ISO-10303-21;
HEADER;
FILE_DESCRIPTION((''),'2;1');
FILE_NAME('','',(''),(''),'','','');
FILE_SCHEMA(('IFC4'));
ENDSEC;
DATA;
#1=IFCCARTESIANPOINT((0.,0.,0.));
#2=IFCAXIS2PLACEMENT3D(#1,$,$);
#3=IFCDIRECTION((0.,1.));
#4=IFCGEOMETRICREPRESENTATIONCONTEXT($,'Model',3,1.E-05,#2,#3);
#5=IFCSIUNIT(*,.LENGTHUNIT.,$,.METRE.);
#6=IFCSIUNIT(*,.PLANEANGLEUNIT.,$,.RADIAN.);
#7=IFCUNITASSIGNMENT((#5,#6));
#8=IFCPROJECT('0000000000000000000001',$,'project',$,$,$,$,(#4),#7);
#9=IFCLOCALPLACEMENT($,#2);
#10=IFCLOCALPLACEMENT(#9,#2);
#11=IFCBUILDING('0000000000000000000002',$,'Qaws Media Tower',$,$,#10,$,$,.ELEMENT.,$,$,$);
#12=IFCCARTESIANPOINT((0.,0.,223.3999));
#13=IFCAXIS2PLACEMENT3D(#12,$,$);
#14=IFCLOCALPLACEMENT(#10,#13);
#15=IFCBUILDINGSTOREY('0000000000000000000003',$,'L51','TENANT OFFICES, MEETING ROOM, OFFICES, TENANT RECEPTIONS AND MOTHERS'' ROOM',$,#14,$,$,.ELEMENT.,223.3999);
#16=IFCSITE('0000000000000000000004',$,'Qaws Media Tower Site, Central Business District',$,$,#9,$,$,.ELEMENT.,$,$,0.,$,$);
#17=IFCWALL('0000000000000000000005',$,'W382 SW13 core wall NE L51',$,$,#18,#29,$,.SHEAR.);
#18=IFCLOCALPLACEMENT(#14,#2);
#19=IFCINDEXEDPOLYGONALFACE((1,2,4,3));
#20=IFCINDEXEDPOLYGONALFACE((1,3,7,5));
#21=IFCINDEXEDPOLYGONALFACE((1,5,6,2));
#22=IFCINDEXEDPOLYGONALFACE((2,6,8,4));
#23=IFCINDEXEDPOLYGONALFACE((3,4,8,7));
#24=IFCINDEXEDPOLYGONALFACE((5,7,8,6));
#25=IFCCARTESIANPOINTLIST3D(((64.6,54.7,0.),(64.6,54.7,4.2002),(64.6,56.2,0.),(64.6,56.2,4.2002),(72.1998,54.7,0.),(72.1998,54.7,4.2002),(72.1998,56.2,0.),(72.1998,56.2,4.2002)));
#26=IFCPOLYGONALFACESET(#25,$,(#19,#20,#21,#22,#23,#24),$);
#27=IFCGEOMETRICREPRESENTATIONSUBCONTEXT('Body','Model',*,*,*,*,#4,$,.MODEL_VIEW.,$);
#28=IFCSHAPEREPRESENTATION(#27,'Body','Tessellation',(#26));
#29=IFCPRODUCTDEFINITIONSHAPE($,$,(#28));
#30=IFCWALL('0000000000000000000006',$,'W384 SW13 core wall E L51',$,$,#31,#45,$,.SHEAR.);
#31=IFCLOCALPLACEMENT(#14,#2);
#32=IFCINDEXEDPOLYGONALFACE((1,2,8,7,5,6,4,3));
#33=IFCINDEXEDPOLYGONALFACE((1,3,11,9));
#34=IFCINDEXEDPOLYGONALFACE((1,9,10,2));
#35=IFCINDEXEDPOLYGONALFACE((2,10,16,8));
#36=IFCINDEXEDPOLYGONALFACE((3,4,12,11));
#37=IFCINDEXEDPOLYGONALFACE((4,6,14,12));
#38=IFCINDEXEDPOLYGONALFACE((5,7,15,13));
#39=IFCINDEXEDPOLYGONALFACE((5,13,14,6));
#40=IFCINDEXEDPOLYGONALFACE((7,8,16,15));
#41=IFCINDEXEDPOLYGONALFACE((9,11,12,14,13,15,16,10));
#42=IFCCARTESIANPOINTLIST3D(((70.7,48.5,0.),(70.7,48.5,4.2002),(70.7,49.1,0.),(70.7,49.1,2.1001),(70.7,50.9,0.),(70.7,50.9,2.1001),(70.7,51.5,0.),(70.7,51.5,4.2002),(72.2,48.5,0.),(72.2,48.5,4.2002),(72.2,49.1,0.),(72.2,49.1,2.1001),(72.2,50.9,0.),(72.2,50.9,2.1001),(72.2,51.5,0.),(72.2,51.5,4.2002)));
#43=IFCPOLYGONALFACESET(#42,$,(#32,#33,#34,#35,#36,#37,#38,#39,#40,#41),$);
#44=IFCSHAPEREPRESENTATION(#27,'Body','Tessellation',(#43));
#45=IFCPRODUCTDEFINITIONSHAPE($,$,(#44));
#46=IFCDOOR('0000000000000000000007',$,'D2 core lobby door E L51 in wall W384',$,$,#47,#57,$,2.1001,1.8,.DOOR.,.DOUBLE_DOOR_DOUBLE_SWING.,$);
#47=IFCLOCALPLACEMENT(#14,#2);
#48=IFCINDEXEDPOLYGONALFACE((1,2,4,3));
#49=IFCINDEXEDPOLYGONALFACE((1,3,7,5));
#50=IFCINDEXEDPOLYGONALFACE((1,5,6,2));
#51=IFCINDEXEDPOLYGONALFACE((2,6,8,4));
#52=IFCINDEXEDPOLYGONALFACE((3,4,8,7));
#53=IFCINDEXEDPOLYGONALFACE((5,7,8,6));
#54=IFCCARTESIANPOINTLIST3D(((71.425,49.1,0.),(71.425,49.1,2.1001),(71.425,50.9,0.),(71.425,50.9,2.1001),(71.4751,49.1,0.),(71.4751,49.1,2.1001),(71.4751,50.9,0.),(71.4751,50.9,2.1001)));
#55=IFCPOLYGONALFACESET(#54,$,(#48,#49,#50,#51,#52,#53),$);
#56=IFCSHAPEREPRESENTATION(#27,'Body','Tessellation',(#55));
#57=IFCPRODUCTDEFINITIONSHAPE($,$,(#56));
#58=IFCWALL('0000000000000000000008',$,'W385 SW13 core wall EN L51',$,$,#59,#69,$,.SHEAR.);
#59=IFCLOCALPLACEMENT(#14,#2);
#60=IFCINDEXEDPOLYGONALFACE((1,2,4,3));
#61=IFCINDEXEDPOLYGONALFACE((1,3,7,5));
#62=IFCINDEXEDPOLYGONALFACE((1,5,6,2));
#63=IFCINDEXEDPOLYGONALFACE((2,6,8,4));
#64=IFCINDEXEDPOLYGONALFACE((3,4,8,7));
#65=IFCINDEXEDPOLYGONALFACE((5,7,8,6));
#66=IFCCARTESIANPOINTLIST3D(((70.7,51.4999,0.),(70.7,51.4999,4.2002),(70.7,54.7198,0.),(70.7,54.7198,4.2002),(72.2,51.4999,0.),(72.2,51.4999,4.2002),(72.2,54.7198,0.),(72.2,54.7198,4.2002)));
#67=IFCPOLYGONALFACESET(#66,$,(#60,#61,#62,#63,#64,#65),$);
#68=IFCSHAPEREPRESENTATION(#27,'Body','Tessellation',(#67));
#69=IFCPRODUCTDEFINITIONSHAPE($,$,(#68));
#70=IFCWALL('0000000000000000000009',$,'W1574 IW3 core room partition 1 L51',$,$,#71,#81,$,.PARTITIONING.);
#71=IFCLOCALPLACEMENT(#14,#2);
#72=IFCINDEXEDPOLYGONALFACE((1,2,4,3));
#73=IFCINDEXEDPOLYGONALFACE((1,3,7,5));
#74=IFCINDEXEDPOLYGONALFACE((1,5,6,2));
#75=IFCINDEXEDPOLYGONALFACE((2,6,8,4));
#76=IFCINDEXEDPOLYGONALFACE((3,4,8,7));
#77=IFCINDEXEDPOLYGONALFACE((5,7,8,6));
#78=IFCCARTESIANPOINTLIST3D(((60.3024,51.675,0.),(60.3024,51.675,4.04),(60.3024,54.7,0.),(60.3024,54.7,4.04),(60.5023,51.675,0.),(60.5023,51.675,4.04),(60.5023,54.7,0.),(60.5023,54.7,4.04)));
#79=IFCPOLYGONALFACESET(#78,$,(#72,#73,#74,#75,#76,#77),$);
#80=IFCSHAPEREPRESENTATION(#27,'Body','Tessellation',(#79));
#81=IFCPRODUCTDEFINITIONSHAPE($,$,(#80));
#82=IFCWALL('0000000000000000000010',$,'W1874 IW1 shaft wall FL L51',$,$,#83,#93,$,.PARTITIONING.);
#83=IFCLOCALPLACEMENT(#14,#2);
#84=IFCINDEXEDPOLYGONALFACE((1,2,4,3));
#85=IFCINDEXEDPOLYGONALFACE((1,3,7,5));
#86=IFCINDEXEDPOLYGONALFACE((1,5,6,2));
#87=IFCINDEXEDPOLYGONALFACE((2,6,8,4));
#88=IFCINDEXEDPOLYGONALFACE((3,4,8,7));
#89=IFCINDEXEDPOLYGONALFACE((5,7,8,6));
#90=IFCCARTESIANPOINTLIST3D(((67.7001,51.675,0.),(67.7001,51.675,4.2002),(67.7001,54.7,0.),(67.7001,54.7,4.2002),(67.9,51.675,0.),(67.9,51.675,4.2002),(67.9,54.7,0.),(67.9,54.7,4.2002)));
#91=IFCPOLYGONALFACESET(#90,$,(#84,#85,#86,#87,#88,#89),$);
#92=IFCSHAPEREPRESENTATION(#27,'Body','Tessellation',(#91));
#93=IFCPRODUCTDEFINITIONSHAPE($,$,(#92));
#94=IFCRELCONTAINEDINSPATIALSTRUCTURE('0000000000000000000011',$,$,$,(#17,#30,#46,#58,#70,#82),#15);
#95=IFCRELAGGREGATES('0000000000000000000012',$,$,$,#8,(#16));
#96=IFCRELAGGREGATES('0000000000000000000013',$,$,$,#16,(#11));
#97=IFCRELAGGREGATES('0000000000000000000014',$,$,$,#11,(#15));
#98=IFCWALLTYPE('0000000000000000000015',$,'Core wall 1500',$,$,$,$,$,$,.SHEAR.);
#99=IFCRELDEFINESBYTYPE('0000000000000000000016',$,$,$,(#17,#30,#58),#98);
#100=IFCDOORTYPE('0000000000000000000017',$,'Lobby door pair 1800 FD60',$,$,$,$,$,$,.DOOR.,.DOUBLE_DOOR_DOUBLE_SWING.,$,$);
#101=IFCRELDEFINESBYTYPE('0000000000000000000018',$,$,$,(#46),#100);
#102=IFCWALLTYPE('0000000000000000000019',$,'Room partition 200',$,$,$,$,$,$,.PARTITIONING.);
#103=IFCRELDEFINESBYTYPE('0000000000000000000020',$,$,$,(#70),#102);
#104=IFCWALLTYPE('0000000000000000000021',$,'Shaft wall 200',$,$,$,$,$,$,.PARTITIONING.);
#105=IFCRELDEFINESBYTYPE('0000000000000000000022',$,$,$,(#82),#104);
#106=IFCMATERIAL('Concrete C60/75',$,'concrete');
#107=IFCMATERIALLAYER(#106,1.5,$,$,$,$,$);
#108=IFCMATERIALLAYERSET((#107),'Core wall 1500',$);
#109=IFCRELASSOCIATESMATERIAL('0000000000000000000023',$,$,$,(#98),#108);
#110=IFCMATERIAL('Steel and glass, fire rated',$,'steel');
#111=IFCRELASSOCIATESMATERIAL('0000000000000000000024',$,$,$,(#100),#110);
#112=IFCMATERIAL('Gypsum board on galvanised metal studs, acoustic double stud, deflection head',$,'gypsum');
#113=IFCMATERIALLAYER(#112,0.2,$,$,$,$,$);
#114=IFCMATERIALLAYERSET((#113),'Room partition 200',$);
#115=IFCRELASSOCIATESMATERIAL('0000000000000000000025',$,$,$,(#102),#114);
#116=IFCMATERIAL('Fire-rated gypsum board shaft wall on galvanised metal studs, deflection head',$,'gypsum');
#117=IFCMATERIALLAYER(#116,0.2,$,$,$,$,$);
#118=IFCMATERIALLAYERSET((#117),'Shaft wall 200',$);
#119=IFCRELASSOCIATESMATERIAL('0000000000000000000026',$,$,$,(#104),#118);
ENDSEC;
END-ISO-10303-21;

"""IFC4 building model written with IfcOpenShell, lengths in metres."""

from ifc_helpers import new_model, si_unit, direction, frame, frame_2d, origin, place, context, subcontext, project, spatial, rectangle, extrude, material, layer, layer_set, type_object, element, fill, save


model = new_model("IFC4")

# Units and contexts
model_context = context("Model", 3, precision=1e-05, world=origin(), true_north=direction((0.0, 1.0)))
body_context = subcontext(model_context, "Body", "Model", "MODEL_VIEW")
ifc_project = project(units=[si_unit("LENGTHUNIT", "METRE"), si_unit("PLANEANGLEUNIT", "RADIAN")], contexts=[model_context])

# Site, building, storey
site_placement = place(None, origin())
site = spatial("IfcSite", under=ifc_project, at=site_placement, Name="Qaws Media Tower Site, Central Business District", CompositionType="ELEMENT", RefElevation=0.0)
building_placement = place(site_placement, origin())
building = spatial("IfcBuilding", under=site, at=building_placement, Name="Qaws Media Tower", CompositionType="ELEMENT")
storey_placement = place(building_placement, frame((0.0, 0.0, 223.3999)))
storey = spatial("IfcBuildingStorey", under=building, at=storey_placement, Name="L51", Description="TENANT OFFICES, MEETING ROOM, OFFICES, TENANT RECEPTIONS AND MOTHERS' ROOM", CompositionType="ELEMENT", Elevation=223.3999)

# Wall
ifc_material_1 = material(Name="Concrete C60/75", Category="concrete")
ifc_layer_1 = layer(ifc_material_1, 1.5)
ifc_layer_set_1 = layer_set([ifc_layer_1], Name="Core wall 1500")
wall_type_1 = type_object("IfcWallType", Name="Core wall 1500", PredefinedType="SHEAR", material=ifc_layer_set_1)
wall_1_placement = place(storey_placement, frame((64.6001, 55.45, 0.0), z_axis=(0.0, 0.0, 1.0), x_axis=(1.0, 0.0, 0.0)))
element("IfcWall", 1, at=wall_1_placement, inside=storey, type_object=wall_type_1, Name="W382 SW13 core wall NE L51", PredefinedType="SHEAR", context=body_context, shape_type="SweptSolid", body=[
    extrude(rectangle(XDim=7.5999, YDim=1.5, at=frame_2d((3.7998, 0.0))), origin(), (0.0, 0.0, 1.0), 4.2002),
])

# Wall, opening, door
wall_2_placement = place(storey_placement, frame((71.45, 48.5, 0.0), z_axis=(0.0, 0.0, 1.0), x_axis=(0.0, 1.0, 0.0)))
wall_2 = element("IfcWall", 2, at=wall_2_placement, inside=storey, type_object=wall_type_1, Name="W384 SW13 core wall E L51", PredefinedType="SHEAR", context=body_context, shape_type="SweptSolid", body=[
    extrude(rectangle(XDim=3.0, YDim=1.5, at=frame_2d((1.5, 0.0))), origin(), (0.0, 0.0, 1.0), 4.2002),
])
opening_1_placement = place(wall_2_placement, frame((0.6001, 0.0, 0.0)))
opening_1 = element("IfcOpeningElement", 3, at=opening_1_placement, cuts=wall_2, PredefinedType="OPENING", context=body_context, shape_type="SweptSolid", body=[
    extrude(rectangle(XDim=1.8, YDim=2.1001, at=frame_2d((0.8999, 1.05))), frame((0.0, 0.76, 0.0), z_axis=(0.0, -1.0, 0.0), x_axis=(1.0, 0.0, 0.0)), (0.0, 0.0, 1.0), 1.52),
])
ifc_material_2 = material(Name="Steel and glass, fire rated", Category="steel")
door_type_1 = type_object("IfcDoorType", Name="Lobby door pair 1800 FD60", OperationType="DOUBLE_DOOR_DOUBLE_SWING", PredefinedType="DOOR", material=ifc_material_2)
door_1_placement = place(opening_1_placement, origin())
door_1 = element("IfcDoor", 4, at=door_1_placement, inside=storey, type_object=door_type_1, Name="D2 core lobby door E L51 in wall W384", OperationType="DOUBLE_DOOR_DOUBLE_SWING", OverallHeight=2.1001, OverallWidth=1.8, PredefinedType="DOOR", context=body_context, shape_type="SweptSolid", body=[
    extrude(rectangle(XDim=1.8, YDim=2.1001, at=frame_2d((0.8999, 1.05))), frame((0.0, 0.0249, 0.0), z_axis=(0.0, -1.0, 0.0), x_axis=(1.0, 0.0, 0.0)), (0.0, 0.0, 1.0), 0.05),
])
fill(opening_1, door_1)

# Walls
wall_3_placement = place(storey_placement, frame((71.45, 51.5, 0.0), z_axis=(0.0, 0.0, 1.0), x_axis=(0.0, 1.0, 0.0)))
element("IfcWall", 5, at=wall_3_placement, inside=storey, type_object=wall_type_1, Name="W385 SW13 core wall EN L51", PredefinedType="SHEAR", context=body_context, shape_type="SweptSolid", body=[
    extrude(rectangle(XDim=3.22, YDim=1.5, at=frame_2d((1.6099, 0.0))), origin(), (0.0, 0.0, 1.0), 4.2002),
])
ifc_material_3 = material(Name="Gypsum board on galvanised metal studs, acoustic double stud, deflection head", Category="gypsum")
ifc_layer_2 = layer(ifc_material_3, 0.2)
ifc_layer_set_2 = layer_set([ifc_layer_2], Name="Room partition 200")
wall_type_2 = type_object("IfcWallType", Name="Room partition 200", PredefinedType="PARTITIONING", material=ifc_layer_set_2)
wall_4_placement = place(storey_placement, frame((60.4023, 51.675, 0.0), z_axis=(0.0, 0.0, 1.0), x_axis=(0.0, 1.0, 0.0)))
element("IfcWall", 6, at=wall_4_placement, inside=storey, type_object=wall_type_2, Name="W1574 IW3 core room partition 1 L51", PredefinedType="PARTITIONING", context=body_context, shape_type="SweptSolid", body=[
    extrude(rectangle(XDim=3.0249, YDim=0.2, at=frame_2d((1.5125, 0.0))), origin(), (0.0, 0.0, 1.0), 4.04),
])
ifc_material_4 = material(Name="Fire-rated gypsum board shaft wall on galvanised metal studs, deflection head", Category="gypsum")
ifc_layer_3 = layer(ifc_material_4, 0.2)
ifc_layer_set_3 = layer_set([ifc_layer_3], Name="Shaft wall 200")
wall_type_3 = type_object("IfcWallType", Name="Shaft wall 200", PredefinedType="PARTITIONING", material=ifc_layer_set_3)
wall_5_placement = place(storey_placement, frame((67.8, 51.675, 0.0), z_axis=(0.0, 0.0, 1.0), x_axis=(0.0, 1.0, 0.0)))
element("IfcWall", 7, at=wall_5_placement, inside=storey, type_object=wall_type_3, Name="W1874 IW1 shaft wall FL L51", PredefinedType="PARTITIONING", context=body_context, shape_type="SweptSolid", body=[
    extrude(rectangle(XDim=3.0249, YDim=0.2, at=frame_2d((1.5125, 0.0))), origin(), (0.0, 0.0, 1.0), 4.2002),
])

save(model, "model.ifc")
